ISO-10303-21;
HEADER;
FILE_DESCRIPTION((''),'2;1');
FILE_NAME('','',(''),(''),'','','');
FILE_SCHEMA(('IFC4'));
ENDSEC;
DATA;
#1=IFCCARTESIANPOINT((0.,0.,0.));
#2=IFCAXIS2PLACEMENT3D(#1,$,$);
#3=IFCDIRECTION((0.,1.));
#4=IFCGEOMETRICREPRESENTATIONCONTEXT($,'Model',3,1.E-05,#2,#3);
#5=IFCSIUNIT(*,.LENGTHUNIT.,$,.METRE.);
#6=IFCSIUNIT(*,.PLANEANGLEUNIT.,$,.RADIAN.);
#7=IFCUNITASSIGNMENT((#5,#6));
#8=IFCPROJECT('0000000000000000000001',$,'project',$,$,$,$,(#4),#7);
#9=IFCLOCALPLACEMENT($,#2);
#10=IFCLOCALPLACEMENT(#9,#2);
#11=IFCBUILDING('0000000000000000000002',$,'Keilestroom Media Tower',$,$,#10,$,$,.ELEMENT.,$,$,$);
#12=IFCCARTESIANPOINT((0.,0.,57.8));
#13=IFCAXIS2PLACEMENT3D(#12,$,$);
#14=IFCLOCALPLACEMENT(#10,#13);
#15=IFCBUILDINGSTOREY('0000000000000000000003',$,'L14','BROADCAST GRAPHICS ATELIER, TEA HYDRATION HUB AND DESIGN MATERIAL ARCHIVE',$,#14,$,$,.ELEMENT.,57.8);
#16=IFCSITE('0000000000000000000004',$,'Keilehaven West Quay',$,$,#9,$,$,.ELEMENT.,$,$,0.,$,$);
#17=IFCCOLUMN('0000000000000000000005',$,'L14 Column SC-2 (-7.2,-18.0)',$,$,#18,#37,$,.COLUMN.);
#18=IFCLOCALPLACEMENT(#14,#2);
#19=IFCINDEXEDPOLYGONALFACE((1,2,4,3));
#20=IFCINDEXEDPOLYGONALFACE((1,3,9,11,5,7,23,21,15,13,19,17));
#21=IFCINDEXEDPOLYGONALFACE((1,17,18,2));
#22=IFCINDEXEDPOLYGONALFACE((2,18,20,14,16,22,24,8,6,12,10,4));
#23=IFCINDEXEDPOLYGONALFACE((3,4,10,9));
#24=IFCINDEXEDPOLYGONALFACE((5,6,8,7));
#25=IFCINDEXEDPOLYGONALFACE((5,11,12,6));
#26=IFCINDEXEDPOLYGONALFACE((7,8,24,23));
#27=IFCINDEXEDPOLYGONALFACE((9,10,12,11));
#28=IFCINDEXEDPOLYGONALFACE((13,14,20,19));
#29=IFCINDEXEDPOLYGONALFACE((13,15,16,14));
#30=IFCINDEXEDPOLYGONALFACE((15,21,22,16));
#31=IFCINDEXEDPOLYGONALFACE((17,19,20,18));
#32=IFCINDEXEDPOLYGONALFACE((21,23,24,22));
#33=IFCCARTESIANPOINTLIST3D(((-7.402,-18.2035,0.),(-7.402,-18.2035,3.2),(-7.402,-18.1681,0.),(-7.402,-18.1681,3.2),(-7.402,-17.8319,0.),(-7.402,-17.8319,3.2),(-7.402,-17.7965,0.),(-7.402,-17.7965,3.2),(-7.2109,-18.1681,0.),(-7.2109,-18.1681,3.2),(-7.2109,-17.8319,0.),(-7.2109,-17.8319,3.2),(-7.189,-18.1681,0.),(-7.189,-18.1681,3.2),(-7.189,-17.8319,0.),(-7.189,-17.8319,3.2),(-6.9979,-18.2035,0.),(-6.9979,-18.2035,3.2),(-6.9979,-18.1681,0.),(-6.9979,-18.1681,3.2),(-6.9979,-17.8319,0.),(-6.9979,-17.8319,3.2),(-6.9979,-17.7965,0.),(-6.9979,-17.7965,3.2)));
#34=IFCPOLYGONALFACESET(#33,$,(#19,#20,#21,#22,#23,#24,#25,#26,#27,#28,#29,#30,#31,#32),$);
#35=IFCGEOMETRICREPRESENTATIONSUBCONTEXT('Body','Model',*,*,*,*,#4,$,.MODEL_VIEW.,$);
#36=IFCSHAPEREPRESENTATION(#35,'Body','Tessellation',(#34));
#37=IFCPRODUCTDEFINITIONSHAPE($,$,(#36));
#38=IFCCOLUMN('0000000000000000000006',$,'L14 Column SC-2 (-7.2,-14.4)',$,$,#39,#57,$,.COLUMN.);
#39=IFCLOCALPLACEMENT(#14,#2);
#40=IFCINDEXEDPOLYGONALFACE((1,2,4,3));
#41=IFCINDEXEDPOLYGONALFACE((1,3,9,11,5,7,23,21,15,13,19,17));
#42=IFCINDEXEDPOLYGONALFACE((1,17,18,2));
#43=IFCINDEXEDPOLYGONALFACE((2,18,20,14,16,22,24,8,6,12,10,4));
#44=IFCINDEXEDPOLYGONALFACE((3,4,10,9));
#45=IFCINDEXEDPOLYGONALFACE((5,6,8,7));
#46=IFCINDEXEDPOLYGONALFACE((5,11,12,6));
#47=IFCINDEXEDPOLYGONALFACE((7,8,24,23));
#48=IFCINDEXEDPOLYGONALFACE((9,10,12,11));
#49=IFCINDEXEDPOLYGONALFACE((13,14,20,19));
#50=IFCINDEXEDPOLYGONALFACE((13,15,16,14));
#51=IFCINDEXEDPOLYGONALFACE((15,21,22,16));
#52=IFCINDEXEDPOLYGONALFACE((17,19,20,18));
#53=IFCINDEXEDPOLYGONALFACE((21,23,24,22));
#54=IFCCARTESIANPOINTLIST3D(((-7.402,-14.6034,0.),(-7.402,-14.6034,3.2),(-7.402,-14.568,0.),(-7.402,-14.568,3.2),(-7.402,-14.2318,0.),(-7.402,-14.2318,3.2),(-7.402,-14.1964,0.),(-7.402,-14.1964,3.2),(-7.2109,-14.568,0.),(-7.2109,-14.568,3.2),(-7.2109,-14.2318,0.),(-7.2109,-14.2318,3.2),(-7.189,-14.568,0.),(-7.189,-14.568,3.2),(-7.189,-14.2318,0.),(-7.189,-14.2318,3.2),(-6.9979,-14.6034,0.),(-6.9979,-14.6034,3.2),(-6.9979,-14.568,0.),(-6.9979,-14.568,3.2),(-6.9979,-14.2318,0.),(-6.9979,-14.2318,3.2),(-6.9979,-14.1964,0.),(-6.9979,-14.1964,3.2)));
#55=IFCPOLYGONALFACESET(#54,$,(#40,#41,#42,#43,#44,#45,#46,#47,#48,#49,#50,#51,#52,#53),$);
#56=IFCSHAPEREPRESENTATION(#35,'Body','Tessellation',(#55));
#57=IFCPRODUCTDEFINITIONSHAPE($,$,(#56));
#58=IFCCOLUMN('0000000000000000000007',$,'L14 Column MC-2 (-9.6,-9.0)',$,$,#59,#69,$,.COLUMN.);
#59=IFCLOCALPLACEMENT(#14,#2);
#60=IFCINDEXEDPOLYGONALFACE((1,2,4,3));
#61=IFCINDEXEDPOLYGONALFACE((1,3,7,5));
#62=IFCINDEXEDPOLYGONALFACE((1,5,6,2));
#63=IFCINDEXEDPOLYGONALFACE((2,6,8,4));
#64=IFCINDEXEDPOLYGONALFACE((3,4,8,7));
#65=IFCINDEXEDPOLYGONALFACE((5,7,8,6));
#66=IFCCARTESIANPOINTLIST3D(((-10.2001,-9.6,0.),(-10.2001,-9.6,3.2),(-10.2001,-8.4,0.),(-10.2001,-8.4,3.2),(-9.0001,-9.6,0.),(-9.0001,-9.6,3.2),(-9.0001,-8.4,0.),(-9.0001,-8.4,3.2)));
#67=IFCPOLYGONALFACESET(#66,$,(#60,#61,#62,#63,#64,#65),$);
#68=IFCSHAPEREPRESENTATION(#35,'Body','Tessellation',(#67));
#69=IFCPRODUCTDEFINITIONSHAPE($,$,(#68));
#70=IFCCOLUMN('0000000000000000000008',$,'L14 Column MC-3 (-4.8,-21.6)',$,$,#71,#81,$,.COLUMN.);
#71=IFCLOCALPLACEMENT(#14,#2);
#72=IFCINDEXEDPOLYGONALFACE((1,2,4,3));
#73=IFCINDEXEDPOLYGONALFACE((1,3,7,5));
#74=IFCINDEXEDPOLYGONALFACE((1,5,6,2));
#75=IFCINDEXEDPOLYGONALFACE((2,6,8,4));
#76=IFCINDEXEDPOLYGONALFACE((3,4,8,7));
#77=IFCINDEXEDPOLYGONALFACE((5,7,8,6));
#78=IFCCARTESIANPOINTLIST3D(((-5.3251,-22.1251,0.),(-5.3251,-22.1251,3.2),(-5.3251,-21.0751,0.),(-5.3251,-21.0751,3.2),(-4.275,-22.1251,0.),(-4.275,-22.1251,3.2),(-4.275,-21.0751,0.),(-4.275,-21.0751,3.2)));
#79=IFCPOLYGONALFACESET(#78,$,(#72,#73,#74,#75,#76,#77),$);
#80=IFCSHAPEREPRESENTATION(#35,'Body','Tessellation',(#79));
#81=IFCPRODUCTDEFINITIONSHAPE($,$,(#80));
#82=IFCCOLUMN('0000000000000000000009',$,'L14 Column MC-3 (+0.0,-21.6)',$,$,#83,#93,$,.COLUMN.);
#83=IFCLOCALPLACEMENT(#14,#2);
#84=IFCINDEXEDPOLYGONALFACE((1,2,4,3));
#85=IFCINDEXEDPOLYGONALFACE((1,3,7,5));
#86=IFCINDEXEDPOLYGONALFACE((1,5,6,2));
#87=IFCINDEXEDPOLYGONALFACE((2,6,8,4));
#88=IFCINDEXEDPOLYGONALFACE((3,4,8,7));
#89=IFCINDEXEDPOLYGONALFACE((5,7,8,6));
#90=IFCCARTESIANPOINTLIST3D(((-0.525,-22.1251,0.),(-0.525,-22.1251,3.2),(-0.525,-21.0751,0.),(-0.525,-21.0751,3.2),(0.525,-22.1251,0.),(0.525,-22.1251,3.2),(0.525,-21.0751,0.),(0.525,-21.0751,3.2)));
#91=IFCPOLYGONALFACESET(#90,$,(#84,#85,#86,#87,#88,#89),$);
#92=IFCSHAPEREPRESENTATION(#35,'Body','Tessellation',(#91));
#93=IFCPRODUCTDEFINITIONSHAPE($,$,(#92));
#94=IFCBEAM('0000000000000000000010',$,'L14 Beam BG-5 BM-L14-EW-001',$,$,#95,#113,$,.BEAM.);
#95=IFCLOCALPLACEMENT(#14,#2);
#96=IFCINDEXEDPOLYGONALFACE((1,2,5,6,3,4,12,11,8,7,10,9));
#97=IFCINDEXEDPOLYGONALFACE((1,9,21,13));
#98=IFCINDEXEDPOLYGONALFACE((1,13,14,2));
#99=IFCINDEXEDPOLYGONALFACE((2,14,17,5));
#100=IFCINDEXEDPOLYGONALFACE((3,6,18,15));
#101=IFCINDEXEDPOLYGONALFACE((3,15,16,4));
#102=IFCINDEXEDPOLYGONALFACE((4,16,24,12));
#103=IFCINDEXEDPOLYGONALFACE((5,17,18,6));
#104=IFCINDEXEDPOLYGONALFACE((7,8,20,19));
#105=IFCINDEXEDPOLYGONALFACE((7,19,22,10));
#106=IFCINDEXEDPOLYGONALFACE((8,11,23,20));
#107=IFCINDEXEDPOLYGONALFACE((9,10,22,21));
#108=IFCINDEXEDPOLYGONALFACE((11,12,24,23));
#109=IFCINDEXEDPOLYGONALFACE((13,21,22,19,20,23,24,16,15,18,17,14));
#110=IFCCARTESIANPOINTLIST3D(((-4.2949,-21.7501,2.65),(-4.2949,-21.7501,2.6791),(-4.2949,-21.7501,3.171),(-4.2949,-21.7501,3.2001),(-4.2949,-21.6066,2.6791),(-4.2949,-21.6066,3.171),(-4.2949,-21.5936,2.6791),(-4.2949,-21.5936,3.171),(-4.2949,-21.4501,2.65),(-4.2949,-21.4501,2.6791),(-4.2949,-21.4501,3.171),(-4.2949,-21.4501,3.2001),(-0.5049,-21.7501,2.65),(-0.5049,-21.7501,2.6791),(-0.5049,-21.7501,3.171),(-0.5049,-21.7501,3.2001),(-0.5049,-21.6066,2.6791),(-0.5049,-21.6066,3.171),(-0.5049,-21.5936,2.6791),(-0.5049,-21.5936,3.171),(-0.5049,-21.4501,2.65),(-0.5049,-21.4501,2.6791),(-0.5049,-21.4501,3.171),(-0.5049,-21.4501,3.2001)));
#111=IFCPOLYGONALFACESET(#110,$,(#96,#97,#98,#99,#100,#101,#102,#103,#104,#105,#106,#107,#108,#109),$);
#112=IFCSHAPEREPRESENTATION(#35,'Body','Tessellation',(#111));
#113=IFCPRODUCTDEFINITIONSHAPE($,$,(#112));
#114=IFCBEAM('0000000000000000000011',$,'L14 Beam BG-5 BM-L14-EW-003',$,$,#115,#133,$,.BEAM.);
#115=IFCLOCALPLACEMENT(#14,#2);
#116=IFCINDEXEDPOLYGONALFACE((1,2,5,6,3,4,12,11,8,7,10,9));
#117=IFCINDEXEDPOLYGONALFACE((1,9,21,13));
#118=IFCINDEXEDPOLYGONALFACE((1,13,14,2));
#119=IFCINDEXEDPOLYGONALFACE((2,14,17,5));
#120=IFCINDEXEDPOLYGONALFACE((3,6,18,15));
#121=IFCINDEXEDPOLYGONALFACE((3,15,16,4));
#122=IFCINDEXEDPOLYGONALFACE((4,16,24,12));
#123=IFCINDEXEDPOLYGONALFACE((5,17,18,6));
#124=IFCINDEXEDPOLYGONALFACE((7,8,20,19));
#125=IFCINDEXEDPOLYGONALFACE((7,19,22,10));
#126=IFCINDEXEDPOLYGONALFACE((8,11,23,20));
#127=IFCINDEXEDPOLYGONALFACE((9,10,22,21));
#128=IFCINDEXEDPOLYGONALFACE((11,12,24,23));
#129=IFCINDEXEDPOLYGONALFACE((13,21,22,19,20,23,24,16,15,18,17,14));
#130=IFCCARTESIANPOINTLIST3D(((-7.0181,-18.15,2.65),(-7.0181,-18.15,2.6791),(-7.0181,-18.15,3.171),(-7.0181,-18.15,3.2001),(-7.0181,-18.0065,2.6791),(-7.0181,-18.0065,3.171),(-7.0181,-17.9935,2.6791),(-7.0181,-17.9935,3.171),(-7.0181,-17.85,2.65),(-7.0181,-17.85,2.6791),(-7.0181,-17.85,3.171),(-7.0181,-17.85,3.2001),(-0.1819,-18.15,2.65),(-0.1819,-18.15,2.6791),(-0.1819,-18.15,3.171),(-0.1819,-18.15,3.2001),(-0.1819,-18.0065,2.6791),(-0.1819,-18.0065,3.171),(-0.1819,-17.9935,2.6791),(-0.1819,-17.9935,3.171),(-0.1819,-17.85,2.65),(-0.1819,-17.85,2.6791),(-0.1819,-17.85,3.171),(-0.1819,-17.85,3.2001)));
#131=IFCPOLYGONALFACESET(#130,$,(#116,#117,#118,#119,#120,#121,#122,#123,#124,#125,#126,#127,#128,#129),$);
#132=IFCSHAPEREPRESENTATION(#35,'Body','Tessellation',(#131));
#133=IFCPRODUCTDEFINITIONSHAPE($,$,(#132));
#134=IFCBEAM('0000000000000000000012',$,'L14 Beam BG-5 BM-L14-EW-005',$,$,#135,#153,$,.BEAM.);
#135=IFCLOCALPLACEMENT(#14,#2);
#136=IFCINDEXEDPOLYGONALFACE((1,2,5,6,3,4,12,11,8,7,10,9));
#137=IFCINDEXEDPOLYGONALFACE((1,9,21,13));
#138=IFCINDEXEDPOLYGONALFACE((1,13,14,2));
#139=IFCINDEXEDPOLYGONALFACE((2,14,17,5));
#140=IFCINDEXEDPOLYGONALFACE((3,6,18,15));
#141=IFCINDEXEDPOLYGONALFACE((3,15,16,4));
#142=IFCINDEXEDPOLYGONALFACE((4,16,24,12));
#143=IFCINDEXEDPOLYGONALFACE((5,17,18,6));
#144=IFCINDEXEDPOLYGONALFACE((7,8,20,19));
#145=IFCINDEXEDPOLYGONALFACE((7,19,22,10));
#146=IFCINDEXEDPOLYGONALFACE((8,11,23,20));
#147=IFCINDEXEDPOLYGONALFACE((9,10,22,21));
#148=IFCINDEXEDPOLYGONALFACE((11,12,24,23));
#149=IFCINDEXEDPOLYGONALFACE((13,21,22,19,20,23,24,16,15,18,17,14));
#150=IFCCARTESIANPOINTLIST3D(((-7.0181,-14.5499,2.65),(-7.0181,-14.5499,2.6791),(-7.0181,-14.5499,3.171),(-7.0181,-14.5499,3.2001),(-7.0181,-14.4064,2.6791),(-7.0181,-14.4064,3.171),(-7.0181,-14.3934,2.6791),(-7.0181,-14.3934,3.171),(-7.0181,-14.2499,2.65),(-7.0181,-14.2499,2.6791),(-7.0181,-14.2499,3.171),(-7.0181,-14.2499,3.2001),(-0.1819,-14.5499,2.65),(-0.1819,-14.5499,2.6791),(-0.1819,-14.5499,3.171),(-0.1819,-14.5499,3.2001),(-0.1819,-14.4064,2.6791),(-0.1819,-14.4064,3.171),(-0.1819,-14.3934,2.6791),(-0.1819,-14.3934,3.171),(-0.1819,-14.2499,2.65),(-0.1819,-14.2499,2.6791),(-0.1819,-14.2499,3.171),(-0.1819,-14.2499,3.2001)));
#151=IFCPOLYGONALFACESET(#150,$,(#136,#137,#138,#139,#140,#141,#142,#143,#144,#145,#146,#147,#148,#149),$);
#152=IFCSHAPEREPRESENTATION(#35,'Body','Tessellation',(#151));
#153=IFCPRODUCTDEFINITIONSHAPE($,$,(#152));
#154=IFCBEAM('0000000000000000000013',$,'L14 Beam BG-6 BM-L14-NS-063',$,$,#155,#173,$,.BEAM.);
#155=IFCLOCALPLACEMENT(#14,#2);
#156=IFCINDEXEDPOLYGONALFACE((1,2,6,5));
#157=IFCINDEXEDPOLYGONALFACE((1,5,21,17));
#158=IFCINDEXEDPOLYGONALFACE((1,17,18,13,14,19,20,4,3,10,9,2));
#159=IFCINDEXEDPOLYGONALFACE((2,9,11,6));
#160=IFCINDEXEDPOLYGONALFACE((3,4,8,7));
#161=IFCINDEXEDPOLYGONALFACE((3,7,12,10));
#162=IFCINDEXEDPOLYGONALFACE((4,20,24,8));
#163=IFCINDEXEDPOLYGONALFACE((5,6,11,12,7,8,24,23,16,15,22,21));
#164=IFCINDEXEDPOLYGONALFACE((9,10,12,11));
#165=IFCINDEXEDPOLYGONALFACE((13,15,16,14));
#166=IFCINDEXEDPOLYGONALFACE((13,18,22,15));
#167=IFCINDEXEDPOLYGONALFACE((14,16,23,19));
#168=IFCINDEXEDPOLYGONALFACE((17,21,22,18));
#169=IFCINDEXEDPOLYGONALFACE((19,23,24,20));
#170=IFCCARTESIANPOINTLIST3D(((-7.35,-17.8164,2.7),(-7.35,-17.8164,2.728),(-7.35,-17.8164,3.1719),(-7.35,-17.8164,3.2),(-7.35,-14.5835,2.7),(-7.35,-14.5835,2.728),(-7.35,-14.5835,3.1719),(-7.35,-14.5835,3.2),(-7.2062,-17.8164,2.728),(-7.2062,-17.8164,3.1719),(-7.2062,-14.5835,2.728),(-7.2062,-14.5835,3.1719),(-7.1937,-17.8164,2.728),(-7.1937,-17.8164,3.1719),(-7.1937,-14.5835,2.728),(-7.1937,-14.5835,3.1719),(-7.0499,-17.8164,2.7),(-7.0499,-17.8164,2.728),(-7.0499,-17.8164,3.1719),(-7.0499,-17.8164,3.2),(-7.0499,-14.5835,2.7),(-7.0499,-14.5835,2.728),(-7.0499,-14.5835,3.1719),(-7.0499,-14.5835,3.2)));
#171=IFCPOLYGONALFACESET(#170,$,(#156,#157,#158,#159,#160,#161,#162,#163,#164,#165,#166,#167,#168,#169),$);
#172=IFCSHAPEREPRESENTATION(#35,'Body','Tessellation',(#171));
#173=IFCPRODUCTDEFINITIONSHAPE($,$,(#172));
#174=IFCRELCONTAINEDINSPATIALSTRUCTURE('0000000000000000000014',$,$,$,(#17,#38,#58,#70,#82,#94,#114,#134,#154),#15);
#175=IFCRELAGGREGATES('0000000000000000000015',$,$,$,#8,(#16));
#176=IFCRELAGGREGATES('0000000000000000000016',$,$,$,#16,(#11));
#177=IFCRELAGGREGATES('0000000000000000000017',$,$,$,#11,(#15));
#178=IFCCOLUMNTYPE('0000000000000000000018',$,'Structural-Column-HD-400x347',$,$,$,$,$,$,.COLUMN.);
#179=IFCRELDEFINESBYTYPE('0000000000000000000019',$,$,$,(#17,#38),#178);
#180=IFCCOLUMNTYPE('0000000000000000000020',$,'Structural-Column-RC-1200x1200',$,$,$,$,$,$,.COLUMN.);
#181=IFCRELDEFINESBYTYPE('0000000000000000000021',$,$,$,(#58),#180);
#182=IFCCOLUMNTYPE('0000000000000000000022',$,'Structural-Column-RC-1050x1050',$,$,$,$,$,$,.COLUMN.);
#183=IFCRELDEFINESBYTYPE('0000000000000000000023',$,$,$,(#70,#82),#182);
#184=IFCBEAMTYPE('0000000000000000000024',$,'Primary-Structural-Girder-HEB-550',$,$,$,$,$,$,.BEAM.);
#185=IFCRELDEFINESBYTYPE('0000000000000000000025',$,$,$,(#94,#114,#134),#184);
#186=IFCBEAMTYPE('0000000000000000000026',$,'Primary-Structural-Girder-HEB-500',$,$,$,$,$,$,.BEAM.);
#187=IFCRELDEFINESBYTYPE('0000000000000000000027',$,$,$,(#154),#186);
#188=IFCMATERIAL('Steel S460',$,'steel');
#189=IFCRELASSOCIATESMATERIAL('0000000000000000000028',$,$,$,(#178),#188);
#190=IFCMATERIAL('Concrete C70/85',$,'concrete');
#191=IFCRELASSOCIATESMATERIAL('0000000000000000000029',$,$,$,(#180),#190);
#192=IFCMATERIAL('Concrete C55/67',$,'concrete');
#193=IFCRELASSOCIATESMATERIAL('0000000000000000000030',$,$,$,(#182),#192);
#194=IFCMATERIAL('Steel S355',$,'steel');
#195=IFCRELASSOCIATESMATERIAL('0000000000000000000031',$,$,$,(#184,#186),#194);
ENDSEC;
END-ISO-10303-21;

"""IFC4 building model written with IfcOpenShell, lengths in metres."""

from ifc_helpers import new_model, si_unit, direction, frame, origin, origin_2d, place, context, subcontext, project, spatial, rectangle, i_section, extrude, source, transform, mapped, material, material_profile, profile_set, type_object, element, save


model = new_model("IFC4")

# Units and contexts
model_context = context("Model", 3, precision=1e-05, world=origin(), true_north=direction((0.0, 1.0)))
body_context = subcontext(model_context, "Body", "Model", "MODEL_VIEW")
ifc_project = project(units=[si_unit("LENGTHUNIT", "METRE"), si_unit("PLANEANGLEUNIT", "RADIAN")], contexts=[model_context])

# Site, building, storey
site_placement = place(None, origin())
site = spatial("IfcSite", under=ifc_project, at=site_placement, Name="Keilehaven West Quay", CompositionType="ELEMENT", RefElevation=0.0)
building_placement = place(site_placement, origin())
building = spatial("IfcBuilding", under=site, at=building_placement, Name="Keilestroom Media Tower", CompositionType="ELEMENT")
storey_placement = place(building_placement, frame((0.0, 0.0, 57.8)))
storey = spatial("IfcBuildingStorey", under=building, at=storey_placement, Name="L14", Description="BROADCAST GRAPHICS ATELIER, TEA HYDRATION HUB AND DESIGN MATERIAL ARCHIVE", CompositionType="ELEMENT", Elevation=57.8)

# Columns
ifc_material_1 = material(Name="Steel S460", Category="steel")
ifc_material_profile_1 = material_profile(ifc_material_1, i_section(OverallWidth=0.4041, OverallDepth=0.407, WebThickness=0.022, FlangeThickness=0.0354, at=origin_2d()), Name="HD 400x347")
ifc_profile_set_1 = profile_set([ifc_material_profile_1], Name="Steel S460")
column_type_1 = type_object("IfcColumnType", Name="Structural-Column-HD-400x347", PredefinedType="COLUMN", material=ifc_profile_set_1)
shared_shape_1 = source(origin(), body_context, "Body", "SweptSolid", [
    extrude(i_section(OverallWidth=0.4041, OverallDepth=0.407, WebThickness=0.022, FlangeThickness=0.0354, at=origin_2d()), origin(), (0.0, 0.0, 1.0), 3.2),
])
for number, where, z_axis, x_axis, name in (
    (1, (-7.2, -18.0, 0.0), (0.0, 0.0, 1.0), (1.0, 0.0, 0.0), "L14 Column SC-2 (-7.2,-18.0)"),
    (2, (-7.2, -14.3999, 0.0), (0.0, 0.0, 1.0), (1.0, 0.0, 0.0), "L14 Column SC-2 (-7.2,-14.4)"),
):
    element("IfcColumn", number, at=place(storey_placement, frame(where, z_axis=z_axis, x_axis=x_axis)), inside=storey, type_object=column_type_1, Name=name, PredefinedType="COLUMN", context=body_context, shape_type="MappedRepresentation", body=[
        mapped(shared_shape_1, transform((0.0, 0.0, 0.0), x_axis=(1.0, 0.0, 0.0), y_axis=(0.0, 1.0, 0.0), z_axis=(0.0, 0.0, 1.0), scale=1.0)),
    ])
ifc_material_2 = material(Name="Concrete C70/85", Category="concrete")
ifc_material_profile_2 = material_profile(ifc_material_2, rectangle(XDim=1.2, YDim=1.2, at=origin_2d()), Name="RC 1200x1200")
ifc_profile_set_2 = profile_set([ifc_material_profile_2], Name="Concrete C70/85")
column_type_2 = type_object("IfcColumnType", Name="Structural-Column-RC-1200x1200", PredefinedType="COLUMN", material=ifc_profile_set_2)
shared_shape_2 = source(origin(), body_context, "Body", "SweptSolid", [
    extrude(rectangle(XDim=1.2, YDim=1.2, at=origin_2d()), origin(), (0.0, 0.0, 1.0), 3.2),
])
column_placement = place(storey_placement, frame((-9.6001, -9.0, 0.0), z_axis=(0.0, 0.0, 1.0), x_axis=(1.0, 0.0, 0.0)))
element("IfcColumn", 3, at=column_placement, inside=storey, type_object=column_type_2, Name="L14 Column MC-2 (-9.6,-9.0)", PredefinedType="COLUMN", context=body_context, shape_type="MappedRepresentation", body=[
    mapped(shared_shape_2, transform((0.0, 0.0, 0.0), x_axis=(1.0, 0.0, 0.0), y_axis=(0.0, 1.0, 0.0), z_axis=(0.0, 0.0, 1.0), scale=1.0)),
])
ifc_material_3 = material(Name="Concrete C55/67", Category="concrete")
ifc_material_profile_3 = material_profile(ifc_material_3, rectangle(XDim=1.05, YDim=1.05, at=origin_2d()), Name="RC 1050x1050")
ifc_profile_set_3 = profile_set([ifc_material_profile_3], Name="Concrete C55/67")
column_type_3 = type_object("IfcColumnType", Name="Structural-Column-RC-1050x1050", PredefinedType="COLUMN", material=ifc_profile_set_3)
shared_shape_3 = source(origin(), body_context, "Body", "SweptSolid", [
    extrude(rectangle(XDim=1.05, YDim=1.05, at=origin_2d()), origin(), (0.0, 0.0, 1.0), 3.2),
])
for number, where, z_axis, x_axis, name in (
    (4, (-4.8, -21.6001, 0.0), (0.0, 0.0, 1.0), (1.0, 0.0, 0.0), "L14 Column MC-3 (-4.8,-21.6)"),
    (5, (0.0, -21.6001, 0.0), (0.0, 0.0, 1.0), (1.0, 0.0, 0.0), "L14 Column MC-3 (+0.0,-21.6)"),
):
    element("IfcColumn", number, at=place(storey_placement, frame(where, z_axis=z_axis, x_axis=x_axis)), inside=storey, type_object=column_type_3, Name=name, PredefinedType="COLUMN", context=body_context, shape_type="MappedRepresentation", body=[
        mapped(shared_shape_3, transform((0.0, 0.0, 0.0), x_axis=(1.0, 0.0, 0.0), y_axis=(0.0, 1.0, 0.0), z_axis=(0.0, 0.0, 1.0), scale=1.0)),
    ])

# Beams
ifc_material_4 = material(Name="Steel S355", Category="steel")
ifc_material_profile_4 = material_profile(ifc_material_4, i_section(OverallWidth=0.3, OverallDepth=0.55, WebThickness=0.0129, FlangeThickness=0.0291, at=origin_2d()), Name="HEB 550")
ifc_profile_set_4 = profile_set([ifc_material_profile_4], Name="Steel S355")
beam_type_1 = type_object("IfcBeamType", Name="Primary-Structural-Girder-HEB-550", PredefinedType="BEAM", material=ifc_profile_set_4)
shared_shape_4 = source(origin(), body_context, "Body", "SweptSolid", [
    extrude(i_section(OverallWidth=0.3, OverallDepth=0.55, WebThickness=0.0129, FlangeThickness=0.0291, at=origin_2d()), origin(), (0.0, 0.0, 1.0), 3.79),
])
beam_1_placement = place(storey_placement, frame((-4.2949, -21.6001, 2.925), z_axis=(1.0, 0.0, 0.0), x_axis=(0.0, 1.0, 0.0)))
element("IfcBeam", 6, at=beam_1_placement, inside=storey, type_object=beam_type_1, Name="L14 Beam BG-5 BM-L14-EW-001", PredefinedType="BEAM", context=body_context, shape_type="MappedRepresentation", body=[
    mapped(shared_shape_4, transform((0.0, 0.0, 0.0), x_axis=(1.0, 0.0, 0.0), y_axis=(0.0, 1.0, 0.0), z_axis=(0.0, 0.0, 1.0), scale=1.0)),
])
shared_shape_5 = source(origin(), body_context, "Body", "SweptSolid", [
    extrude(i_section(OverallWidth=0.3, OverallDepth=0.55, WebThickness=0.0129, FlangeThickness=0.0291, at=origin_2d()), origin(), (0.0, 0.0, 1.0), 6.8362),
])
for number, where, z_axis, x_axis, name in (
    (7, (-7.0181, -18.0, 2.925), (1.0, 0.0, 0.0), (0.0, 1.0, 0.0), "L14 Beam BG-5 BM-L14-EW-003"),
    (8, (-7.0181, -14.3999, 2.925), (1.0, 0.0, 0.0), (0.0, 1.0, 0.0), "L14 Beam BG-5 BM-L14-EW-005"),
):
    element("IfcBeam", number, at=place(storey_placement, frame(where, z_axis=z_axis, x_axis=x_axis)), inside=storey, type_object=beam_type_1, Name=name, PredefinedType="BEAM", context=body_context, shape_type="MappedRepresentation", body=[
        mapped(shared_shape_5, transform((0.0, 0.0, 0.0), x_axis=(1.0, 0.0, 0.0), y_axis=(0.0, 1.0, 0.0), z_axis=(0.0, 0.0, 1.0), scale=1.0)),
    ])
ifc_material_profile_5 = material_profile(ifc_material_4, i_section(OverallWidth=0.3, OverallDepth=0.5, WebThickness=0.0125, FlangeThickness=0.0281, at=origin_2d()), Name="HEB 500")
ifc_profile_set_5 = profile_set([ifc_material_profile_5], Name="Steel S355")
beam_type_2 = type_object("IfcBeamType", Name="Primary-Structural-Girder-HEB-500", PredefinedType="BEAM", material=ifc_profile_set_5)
shared_shape_6 = source(origin(), body_context, "Body", "SweptSolid", [
    extrude(i_section(OverallWidth=0.3, OverallDepth=0.5, WebThickness=0.0125, FlangeThickness=0.0281, at=origin_2d()), origin(), (0.0, 0.0, 1.0), 3.2329),
])
beam_2_placement = place(storey_placement, frame((-7.2, -17.8164, 2.95), z_axis=(0.0, 1.0, 0.0), x_axis=(-1.0, 0.0, 0.0)))
element("IfcBeam", 9, at=beam_2_placement, inside=storey, type_object=beam_type_2, Name="L14 Beam BG-6 BM-L14-NS-063", PredefinedType="BEAM", context=body_context, shape_type="MappedRepresentation", body=[
    mapped(shared_shape_6, transform((0.0, 0.0, 0.0), x_axis=(1.0, 0.0, 0.0), y_axis=(0.0, 1.0, 0.0), z_axis=(0.0, 0.0, 1.0), scale=1.0)),
])

save(model, "model.ifc")
